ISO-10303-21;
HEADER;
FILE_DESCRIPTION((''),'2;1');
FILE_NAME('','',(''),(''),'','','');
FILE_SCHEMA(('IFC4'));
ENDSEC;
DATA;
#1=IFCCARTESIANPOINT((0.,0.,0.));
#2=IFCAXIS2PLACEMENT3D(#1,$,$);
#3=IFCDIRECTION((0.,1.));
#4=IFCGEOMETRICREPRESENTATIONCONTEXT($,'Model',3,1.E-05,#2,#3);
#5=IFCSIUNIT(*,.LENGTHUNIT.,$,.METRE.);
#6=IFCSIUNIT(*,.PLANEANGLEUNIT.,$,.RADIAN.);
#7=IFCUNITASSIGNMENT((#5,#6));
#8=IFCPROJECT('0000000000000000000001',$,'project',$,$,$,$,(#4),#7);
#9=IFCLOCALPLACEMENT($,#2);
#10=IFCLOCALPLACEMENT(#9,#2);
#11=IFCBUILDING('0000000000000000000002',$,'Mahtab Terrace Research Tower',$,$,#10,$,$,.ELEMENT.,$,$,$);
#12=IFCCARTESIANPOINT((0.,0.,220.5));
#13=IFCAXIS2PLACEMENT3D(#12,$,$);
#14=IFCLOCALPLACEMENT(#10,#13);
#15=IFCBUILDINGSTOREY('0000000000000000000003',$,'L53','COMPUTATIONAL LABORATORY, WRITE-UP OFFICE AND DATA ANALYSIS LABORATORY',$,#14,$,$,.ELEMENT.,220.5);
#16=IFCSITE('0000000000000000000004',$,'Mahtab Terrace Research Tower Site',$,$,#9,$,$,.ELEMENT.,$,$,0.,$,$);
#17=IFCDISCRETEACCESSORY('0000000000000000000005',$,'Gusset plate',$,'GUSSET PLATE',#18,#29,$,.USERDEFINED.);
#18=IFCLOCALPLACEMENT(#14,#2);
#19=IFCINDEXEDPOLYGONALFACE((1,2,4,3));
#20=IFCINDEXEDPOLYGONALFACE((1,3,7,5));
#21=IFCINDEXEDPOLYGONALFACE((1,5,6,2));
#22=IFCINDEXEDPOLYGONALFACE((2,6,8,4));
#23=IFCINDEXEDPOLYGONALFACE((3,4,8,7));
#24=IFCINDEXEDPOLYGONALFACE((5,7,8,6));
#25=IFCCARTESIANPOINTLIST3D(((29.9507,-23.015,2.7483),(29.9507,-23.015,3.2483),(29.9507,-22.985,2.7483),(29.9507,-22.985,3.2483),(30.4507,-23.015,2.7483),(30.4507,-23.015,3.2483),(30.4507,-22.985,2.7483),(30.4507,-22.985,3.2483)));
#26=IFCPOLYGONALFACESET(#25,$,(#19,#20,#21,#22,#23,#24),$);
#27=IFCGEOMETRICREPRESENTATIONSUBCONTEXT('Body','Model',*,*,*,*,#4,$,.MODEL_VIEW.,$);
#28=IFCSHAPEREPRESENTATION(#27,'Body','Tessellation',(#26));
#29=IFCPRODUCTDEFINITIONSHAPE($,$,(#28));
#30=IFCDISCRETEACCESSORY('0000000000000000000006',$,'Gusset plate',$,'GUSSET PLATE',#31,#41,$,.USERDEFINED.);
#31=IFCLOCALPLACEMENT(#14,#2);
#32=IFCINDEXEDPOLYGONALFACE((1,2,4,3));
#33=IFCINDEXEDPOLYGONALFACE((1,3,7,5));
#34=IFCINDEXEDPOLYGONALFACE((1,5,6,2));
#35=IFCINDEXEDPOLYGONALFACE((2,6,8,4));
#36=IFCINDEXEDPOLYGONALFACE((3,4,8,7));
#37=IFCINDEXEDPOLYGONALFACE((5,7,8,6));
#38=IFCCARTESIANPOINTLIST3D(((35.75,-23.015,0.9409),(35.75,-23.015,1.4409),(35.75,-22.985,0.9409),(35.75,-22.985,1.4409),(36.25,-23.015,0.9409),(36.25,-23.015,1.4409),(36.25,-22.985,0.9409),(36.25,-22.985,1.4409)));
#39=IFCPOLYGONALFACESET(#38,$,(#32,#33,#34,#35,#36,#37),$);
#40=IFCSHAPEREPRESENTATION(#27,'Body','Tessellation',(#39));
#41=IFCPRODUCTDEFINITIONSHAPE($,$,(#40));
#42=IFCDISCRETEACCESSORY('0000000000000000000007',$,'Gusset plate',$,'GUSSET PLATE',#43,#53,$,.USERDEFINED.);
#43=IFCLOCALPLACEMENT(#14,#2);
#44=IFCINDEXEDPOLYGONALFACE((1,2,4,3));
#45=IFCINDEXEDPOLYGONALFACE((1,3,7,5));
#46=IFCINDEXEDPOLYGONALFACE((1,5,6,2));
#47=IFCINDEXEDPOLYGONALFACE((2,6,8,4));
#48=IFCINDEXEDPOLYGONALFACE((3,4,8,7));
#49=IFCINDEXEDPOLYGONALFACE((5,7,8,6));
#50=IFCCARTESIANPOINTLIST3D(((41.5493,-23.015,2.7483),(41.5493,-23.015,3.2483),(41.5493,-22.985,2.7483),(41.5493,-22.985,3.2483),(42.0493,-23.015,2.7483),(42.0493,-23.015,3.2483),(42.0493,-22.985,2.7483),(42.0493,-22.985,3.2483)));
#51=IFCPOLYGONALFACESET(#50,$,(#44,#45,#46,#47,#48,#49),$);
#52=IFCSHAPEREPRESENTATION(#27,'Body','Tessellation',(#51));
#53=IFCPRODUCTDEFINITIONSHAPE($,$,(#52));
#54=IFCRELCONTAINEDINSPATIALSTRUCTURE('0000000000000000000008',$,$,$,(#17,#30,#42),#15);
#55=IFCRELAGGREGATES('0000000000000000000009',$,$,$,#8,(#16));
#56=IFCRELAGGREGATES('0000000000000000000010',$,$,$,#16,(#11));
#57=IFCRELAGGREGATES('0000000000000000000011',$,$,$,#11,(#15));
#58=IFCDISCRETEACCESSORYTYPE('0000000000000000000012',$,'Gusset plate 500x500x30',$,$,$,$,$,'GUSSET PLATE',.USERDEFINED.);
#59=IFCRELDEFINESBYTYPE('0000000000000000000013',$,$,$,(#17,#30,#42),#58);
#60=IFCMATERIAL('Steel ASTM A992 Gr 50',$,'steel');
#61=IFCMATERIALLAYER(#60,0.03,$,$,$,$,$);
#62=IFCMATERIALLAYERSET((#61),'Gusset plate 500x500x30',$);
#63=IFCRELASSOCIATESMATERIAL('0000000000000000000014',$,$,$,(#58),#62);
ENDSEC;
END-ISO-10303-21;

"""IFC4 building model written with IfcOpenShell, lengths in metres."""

from ifc_helpers import new_model, si_unit, direction, frame, origin, origin_2d, place, context, subcontext, project, spatial, rectangle, extrude, material, layer, layer_set, type_object, element, save


model = new_model("IFC4")

# Units and contexts
model_context = context("Model", 3, precision=1e-05, world=origin(), true_north=direction((0.0, 1.0)))
body_context = subcontext(model_context, "Body", "Model", "MODEL_VIEW")
ifc_project = project(units=[si_unit("LENGTHUNIT", "METRE"), si_unit("PLANEANGLEUNIT", "RADIAN")], contexts=[model_context])

# Site, building, storey
site_placement = place(None, origin())
site = spatial("IfcSite", under=ifc_project, at=site_placement, Name="Mahtab Terrace Research Tower Site", CompositionType="ELEMENT", RefElevation=0.0)
building_placement = place(site_placement, origin())
building = spatial("IfcBuilding", under=site, at=building_placement, Name="Mahtab Terrace Research Tower", CompositionType="ELEMENT")
storey_placement = place(building_placement, frame((0.0, 0.0, 220.5)))
storey = spatial("IfcBuildingStorey", under=building, at=storey_placement, Name="L53", Description="COMPUTATIONAL LABORATORY, WRITE-UP OFFICE AND DATA ANALYSIS LABORATORY", CompositionType="ELEMENT", Elevation=220.5)

# Shared definitions
ifc_material_1 = material(Name="Steel ASTM A992 Gr 50", Category="steel")

# Discrete accessories
ifc_layer_1 = layer(ifc_material_1, 0.03)
ifc_layer_set_1 = layer_set([ifc_layer_1], Name="Gusset plate 500x500x30")
discrete_accessory_type = type_object("IfcDiscreteAccessoryType", Name="Gusset plate 500x500x30", ElementType="GUSSET PLATE", PredefinedType="USERDEFINED", material=ifc_layer_set_1)
for number, where, z_axis, x_axis, name in (
    (1, (30.2007, -23.0, 2.7483), (0.0, 0.0, 1.0), (1.0, 0.0, 0.0), "Gusset plate"),
    (2, (36.0, -23.0, 0.9409), (0.0, 0.0, 1.0), (1.0, 0.0, 0.0), "Gusset plate"),
    (3, (41.7993, -23.0, 2.7483), (0.0, 0.0, 1.0), (1.0, 0.0, 0.0), "Gusset plate"),
):
    element("IfcDiscreteAccessory", number, at=place(storey_placement, frame(where, z_axis=z_axis, x_axis=x_axis)), inside=storey, type_object=discrete_accessory_type, Name=name, ObjectType="GUSSET PLATE", PredefinedType="USERDEFINED", context=body_context, shape_type="SweptSolid", body=[
        extrude(rectangle(XDim=0.5, YDim=0.03, at=origin_2d()), origin(), (0.0, 0.0, 1.0), 0.5),
    ])

save(model, "model.ifc")
